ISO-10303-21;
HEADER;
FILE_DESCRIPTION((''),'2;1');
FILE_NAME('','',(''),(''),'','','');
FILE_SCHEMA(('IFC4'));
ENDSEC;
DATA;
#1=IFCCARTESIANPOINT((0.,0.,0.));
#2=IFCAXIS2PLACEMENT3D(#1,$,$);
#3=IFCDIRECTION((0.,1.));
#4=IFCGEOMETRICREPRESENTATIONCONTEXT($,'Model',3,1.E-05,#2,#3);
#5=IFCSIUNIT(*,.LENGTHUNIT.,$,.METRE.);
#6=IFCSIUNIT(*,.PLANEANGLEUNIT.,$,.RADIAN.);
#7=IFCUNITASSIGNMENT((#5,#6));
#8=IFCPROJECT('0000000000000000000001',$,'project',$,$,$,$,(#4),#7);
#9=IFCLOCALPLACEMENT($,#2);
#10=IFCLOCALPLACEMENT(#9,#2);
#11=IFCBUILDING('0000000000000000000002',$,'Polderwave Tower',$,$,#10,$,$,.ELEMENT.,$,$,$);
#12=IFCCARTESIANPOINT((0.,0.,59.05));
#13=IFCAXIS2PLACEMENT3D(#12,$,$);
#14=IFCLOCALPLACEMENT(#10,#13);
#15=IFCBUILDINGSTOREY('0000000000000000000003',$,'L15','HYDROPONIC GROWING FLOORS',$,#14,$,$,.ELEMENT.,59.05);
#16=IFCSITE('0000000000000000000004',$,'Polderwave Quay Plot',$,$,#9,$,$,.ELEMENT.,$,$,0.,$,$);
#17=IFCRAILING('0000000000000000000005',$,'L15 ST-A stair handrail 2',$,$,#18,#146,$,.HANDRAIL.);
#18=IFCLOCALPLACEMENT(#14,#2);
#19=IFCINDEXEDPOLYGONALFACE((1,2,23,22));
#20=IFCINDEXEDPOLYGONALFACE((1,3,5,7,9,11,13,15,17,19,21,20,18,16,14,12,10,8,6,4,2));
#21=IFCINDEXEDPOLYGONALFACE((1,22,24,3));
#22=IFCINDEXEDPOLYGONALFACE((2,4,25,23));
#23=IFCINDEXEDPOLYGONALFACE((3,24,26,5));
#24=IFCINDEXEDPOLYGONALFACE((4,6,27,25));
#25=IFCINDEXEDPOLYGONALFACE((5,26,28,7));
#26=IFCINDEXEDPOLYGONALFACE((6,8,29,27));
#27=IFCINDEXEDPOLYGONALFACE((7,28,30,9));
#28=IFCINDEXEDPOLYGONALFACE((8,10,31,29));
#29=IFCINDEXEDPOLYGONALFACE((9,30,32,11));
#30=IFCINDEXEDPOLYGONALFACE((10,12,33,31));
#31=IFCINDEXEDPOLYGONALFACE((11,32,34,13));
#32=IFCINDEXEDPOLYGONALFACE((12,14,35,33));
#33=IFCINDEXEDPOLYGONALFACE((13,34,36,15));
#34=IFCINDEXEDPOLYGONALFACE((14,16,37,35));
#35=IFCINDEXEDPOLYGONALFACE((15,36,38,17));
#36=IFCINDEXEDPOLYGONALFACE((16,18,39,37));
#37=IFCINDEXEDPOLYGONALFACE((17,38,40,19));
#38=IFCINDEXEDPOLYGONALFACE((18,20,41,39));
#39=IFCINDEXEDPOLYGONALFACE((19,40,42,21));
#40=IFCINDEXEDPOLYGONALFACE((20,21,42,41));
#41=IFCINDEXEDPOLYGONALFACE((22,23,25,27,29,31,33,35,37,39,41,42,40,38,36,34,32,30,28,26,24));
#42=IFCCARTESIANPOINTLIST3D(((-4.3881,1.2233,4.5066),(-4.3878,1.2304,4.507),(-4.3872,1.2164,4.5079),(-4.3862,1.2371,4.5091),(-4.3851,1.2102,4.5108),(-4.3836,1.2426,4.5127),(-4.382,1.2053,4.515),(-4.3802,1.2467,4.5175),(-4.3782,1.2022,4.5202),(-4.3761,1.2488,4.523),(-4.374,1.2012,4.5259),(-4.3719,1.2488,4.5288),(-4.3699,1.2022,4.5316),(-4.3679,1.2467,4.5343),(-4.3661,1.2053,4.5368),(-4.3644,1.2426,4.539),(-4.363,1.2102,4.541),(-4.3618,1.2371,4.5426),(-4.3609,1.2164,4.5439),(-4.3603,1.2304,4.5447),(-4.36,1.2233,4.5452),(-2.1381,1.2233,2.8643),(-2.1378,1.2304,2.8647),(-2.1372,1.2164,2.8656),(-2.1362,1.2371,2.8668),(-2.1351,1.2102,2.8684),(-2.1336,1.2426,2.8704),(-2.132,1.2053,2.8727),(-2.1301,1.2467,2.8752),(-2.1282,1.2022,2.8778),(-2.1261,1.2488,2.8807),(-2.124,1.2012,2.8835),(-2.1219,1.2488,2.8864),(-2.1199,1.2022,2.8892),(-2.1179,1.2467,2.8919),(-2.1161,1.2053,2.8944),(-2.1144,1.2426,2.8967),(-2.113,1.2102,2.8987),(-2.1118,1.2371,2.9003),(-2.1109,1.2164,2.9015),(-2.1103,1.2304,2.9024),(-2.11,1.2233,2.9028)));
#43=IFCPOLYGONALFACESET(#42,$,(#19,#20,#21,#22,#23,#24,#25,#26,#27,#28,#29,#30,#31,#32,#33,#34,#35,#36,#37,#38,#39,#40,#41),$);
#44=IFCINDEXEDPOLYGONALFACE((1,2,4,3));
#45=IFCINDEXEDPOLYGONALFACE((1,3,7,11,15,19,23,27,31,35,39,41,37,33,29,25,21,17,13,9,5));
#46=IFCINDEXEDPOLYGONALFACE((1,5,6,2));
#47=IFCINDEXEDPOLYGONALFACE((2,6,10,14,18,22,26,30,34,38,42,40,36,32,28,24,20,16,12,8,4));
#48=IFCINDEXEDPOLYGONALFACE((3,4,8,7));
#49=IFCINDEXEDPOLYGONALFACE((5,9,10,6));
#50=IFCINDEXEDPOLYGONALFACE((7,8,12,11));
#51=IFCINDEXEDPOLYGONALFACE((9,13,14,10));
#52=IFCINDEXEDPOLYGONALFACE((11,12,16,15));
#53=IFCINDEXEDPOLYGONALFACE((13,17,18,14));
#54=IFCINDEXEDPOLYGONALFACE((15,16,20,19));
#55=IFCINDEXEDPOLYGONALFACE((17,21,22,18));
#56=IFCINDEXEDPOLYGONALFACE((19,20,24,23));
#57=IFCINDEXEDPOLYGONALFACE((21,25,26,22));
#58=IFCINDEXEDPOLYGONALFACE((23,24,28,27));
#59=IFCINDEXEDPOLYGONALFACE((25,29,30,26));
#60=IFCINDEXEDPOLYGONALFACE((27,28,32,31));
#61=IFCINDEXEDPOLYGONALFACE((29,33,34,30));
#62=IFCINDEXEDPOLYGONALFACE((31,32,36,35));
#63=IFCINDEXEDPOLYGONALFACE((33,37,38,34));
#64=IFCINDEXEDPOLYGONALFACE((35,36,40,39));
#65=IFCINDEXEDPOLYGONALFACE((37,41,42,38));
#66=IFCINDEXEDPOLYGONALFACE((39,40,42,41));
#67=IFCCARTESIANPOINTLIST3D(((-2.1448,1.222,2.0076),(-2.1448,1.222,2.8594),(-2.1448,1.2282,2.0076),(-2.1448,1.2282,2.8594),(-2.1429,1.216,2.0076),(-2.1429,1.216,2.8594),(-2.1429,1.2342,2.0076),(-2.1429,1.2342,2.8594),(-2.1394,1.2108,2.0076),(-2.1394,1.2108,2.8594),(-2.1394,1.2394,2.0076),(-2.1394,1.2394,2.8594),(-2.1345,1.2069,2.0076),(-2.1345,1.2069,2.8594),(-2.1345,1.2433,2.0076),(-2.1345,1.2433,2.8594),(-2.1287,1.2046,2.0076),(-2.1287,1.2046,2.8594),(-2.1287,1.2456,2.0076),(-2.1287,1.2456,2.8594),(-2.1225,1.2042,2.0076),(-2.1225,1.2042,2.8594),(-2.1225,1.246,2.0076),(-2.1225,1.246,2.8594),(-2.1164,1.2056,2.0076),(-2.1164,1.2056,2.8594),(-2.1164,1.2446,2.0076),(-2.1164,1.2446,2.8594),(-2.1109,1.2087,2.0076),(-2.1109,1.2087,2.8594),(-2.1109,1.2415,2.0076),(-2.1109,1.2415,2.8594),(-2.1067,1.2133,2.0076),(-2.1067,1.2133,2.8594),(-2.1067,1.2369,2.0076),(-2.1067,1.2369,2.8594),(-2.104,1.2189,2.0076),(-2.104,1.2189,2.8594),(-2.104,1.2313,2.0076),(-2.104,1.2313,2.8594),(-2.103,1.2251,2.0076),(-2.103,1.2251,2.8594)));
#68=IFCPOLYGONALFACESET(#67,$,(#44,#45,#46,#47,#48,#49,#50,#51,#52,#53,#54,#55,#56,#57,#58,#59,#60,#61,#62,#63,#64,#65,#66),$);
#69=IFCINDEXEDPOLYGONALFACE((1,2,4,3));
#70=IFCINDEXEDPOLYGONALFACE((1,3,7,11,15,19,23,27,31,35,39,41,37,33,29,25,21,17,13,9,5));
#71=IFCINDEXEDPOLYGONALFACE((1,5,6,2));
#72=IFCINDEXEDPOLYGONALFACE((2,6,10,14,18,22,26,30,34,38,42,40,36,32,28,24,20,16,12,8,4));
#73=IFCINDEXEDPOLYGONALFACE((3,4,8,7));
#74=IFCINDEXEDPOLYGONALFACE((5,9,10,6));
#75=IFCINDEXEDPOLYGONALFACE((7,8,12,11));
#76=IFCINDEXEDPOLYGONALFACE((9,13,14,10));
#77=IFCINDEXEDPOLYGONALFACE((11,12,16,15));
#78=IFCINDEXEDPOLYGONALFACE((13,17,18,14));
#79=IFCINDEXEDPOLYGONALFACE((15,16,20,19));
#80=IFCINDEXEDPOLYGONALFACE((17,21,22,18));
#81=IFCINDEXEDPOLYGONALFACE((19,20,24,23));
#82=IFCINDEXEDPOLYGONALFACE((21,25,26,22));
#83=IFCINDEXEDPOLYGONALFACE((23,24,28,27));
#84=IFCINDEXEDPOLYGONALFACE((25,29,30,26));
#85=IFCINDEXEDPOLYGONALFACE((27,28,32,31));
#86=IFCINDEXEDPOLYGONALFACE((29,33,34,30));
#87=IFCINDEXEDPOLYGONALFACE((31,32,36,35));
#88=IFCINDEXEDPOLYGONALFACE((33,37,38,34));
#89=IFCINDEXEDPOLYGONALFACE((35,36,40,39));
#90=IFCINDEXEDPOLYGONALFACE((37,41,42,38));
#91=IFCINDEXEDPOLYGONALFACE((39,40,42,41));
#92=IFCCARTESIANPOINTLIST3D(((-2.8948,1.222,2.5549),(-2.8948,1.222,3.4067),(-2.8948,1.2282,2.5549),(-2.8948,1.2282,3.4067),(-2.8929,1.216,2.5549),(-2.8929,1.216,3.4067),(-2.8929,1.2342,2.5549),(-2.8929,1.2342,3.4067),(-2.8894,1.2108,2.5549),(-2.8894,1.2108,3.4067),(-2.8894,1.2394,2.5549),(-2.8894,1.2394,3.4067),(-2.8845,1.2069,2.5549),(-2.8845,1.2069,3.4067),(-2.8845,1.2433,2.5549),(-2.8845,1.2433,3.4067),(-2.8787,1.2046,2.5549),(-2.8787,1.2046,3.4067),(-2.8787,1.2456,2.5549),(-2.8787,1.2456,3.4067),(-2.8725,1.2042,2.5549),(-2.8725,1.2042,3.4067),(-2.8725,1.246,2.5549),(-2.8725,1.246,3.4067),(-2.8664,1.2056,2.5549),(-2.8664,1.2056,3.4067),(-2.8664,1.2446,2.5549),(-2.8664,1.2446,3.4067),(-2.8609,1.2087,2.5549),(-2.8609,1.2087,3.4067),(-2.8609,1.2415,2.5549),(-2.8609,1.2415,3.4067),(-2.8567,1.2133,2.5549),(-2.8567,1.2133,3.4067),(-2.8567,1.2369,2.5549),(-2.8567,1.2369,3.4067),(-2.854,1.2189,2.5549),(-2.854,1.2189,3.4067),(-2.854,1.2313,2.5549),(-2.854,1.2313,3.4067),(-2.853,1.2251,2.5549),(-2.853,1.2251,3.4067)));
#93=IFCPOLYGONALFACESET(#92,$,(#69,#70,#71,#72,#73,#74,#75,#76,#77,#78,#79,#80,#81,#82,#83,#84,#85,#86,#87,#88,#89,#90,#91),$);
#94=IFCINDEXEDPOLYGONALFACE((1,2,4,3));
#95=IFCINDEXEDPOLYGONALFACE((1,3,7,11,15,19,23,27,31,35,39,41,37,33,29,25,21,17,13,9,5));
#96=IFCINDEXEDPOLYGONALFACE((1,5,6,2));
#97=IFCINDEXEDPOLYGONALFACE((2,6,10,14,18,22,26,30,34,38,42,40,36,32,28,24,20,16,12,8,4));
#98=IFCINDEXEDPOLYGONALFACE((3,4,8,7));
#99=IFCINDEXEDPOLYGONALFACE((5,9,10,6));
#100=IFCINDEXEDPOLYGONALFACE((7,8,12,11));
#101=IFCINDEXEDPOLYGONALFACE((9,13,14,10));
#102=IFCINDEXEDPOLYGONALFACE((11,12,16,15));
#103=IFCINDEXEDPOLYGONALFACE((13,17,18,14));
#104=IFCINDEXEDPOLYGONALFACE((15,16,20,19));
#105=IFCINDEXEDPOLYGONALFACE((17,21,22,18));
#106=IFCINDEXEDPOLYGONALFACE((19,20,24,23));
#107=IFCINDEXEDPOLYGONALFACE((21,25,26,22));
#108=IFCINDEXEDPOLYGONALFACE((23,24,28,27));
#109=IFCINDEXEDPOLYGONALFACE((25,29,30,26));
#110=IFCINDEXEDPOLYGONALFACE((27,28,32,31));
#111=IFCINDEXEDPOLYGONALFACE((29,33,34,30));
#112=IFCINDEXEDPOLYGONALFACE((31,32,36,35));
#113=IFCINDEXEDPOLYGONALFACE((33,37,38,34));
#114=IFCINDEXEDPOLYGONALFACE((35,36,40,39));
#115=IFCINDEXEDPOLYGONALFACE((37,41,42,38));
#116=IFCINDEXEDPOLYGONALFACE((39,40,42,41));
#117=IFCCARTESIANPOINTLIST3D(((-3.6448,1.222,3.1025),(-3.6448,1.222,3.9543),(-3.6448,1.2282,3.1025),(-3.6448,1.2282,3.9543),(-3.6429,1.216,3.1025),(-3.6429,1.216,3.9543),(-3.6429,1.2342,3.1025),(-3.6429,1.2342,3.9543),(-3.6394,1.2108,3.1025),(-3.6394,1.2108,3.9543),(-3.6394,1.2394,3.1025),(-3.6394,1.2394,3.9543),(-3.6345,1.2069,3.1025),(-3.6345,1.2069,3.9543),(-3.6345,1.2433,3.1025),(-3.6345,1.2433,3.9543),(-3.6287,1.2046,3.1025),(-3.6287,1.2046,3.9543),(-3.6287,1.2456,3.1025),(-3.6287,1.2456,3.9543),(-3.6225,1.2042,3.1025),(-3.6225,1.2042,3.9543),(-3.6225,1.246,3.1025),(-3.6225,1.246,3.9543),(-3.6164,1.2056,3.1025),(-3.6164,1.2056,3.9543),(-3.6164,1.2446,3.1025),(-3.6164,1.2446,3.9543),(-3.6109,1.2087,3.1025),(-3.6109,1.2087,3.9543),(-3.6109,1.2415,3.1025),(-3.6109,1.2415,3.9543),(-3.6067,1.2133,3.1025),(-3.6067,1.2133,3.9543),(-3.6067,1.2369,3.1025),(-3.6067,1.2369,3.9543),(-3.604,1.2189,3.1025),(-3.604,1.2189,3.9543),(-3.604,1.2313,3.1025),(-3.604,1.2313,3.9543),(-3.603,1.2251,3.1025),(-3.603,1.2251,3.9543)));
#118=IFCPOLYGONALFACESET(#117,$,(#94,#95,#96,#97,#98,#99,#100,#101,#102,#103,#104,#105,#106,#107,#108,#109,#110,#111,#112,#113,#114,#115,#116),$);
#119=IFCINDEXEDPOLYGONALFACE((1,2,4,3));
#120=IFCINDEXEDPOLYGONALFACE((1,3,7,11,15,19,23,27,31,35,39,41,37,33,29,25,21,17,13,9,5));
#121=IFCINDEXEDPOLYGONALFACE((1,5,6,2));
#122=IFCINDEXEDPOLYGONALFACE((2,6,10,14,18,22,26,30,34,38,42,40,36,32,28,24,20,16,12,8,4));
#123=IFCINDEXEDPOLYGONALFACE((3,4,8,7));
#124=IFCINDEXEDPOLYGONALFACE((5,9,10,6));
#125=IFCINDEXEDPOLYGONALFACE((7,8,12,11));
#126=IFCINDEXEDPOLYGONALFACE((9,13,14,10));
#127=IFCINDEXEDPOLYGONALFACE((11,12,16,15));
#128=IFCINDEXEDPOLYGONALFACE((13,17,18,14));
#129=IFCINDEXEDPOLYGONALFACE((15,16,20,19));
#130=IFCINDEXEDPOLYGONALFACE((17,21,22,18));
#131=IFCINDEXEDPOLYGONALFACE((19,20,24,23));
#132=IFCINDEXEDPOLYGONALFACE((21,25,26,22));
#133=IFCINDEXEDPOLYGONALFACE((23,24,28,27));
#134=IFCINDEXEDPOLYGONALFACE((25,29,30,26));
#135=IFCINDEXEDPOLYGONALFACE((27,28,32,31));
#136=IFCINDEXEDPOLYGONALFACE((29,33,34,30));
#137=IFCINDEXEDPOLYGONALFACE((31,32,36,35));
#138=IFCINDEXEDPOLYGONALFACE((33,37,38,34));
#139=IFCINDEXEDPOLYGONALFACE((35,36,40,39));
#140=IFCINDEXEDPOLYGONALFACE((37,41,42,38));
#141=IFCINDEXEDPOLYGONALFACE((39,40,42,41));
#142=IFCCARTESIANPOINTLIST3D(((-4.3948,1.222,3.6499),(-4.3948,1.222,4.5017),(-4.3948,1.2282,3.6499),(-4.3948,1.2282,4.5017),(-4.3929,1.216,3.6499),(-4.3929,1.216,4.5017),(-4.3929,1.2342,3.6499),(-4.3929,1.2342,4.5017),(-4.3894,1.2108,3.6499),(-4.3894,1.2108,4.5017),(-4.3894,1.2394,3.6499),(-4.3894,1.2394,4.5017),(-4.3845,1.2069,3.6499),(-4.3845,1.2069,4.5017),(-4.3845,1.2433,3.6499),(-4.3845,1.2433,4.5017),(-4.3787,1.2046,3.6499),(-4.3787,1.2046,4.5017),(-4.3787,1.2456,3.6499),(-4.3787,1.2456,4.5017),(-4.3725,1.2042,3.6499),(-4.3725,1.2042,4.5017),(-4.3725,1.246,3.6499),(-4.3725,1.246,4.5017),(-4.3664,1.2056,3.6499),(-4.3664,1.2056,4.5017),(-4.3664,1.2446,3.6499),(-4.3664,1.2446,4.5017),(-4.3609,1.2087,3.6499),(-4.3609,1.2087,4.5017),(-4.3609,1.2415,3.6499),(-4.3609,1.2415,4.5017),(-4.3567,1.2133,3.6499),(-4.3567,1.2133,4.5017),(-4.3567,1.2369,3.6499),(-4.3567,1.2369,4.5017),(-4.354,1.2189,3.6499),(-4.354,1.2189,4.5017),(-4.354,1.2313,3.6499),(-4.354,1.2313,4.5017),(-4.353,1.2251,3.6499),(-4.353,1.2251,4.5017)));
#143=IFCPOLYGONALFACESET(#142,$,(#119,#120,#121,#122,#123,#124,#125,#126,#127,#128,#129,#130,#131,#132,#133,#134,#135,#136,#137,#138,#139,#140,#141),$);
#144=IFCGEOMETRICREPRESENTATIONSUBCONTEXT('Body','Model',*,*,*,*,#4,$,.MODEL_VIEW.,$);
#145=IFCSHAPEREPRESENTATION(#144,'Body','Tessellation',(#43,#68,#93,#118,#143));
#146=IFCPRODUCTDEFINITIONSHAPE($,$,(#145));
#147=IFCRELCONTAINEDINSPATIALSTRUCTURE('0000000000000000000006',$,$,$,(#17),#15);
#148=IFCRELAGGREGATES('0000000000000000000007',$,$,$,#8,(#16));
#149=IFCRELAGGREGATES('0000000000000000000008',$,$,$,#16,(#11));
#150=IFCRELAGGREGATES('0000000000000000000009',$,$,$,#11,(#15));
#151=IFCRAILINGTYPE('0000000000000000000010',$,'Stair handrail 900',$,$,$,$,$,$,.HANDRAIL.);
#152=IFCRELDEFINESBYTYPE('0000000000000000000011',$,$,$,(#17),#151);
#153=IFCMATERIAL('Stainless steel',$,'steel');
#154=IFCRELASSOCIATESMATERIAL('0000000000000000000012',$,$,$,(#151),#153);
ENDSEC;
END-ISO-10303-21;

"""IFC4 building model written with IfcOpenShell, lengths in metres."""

from ifc_helpers import new_model, si_unit, direction, frame, origin, origin_2d, place, context, subcontext, project, spatial, circle, extrude, material, type_object, element, save


model = new_model("IFC4")

# Units and contexts
model_context = context("Model", 3, precision=1e-05, world=origin(), true_north=direction((0.0, 1.0)))
body_context = subcontext(model_context, "Body", "Model", "MODEL_VIEW")
ifc_project = project(units=[si_unit("LENGTHUNIT", "METRE"), si_unit("PLANEANGLEUNIT", "RADIAN")], contexts=[model_context])

# Site, building, storey
site_placement = place(None, origin())
site = spatial("IfcSite", under=ifc_project, at=site_placement, Name="Polderwave Quay Plot", CompositionType="ELEMENT", RefElevation=0.0)
building_placement = place(site_placement, origin())
building = spatial("IfcBuilding", under=site, at=building_placement, Name="Polderwave Tower", CompositionType="ELEMENT")
storey_placement = place(building_placement, frame((0.0, 0.0, 59.05)))
storey = spatial("IfcBuildingStorey", under=building, at=storey_placement, Name="L15", Description="HYDROPONIC GROWING FLOORS", CompositionType="ELEMENT", Elevation=59.05)

# Railing
ifc_material_1 = material(Name="Stainless steel", Category="steel")
railing_type_1 = type_object("IfcRailingType", Name="Stair handrail 900", PredefinedType="HANDRAIL", material=ifc_material_1)
railing_1_placement = place(storey_placement, frame((-2.124, 1.2251, 2.0076)))
element("IfcRailing", 1, at=railing_1_placement, inside=storey, type_object=railing_type_1, Name="L15 ST-A stair handrail 2", PredefinedType="HANDRAIL", context=body_context, shape_type="SweptSolid", body=[
    extrude(circle(Radius=0.0239, at=origin_2d()), frame((0.0, 0.0, 0.876), z_axis=(-0.807715, 0.0, 0.589573), x_axis=(0.0, -1.0, 0.0)), (0.0, 0.0, 1.0), 2.7856),
    extrude(circle(Radius=0.021, at=origin_2d()), origin(), (0.0, 0.0, 1.0), 0.8518),
    extrude(circle(Radius=0.021, at=origin_2d()), frame((-0.75, 0.0, 0.5474)), (0.0, 0.0, 1.0), 0.8518),
    extrude(circle(Radius=0.021, at=origin_2d()), frame((-1.5, 0.0, 1.095)), (0.0, 0.0, 1.0), 0.8518),
    extrude(circle(Radius=0.021, at=origin_2d()), frame((-2.25, 0.0, 1.6423)), (0.0, 0.0, 1.0), 0.8518),
])

save(model, "model.ifc")
